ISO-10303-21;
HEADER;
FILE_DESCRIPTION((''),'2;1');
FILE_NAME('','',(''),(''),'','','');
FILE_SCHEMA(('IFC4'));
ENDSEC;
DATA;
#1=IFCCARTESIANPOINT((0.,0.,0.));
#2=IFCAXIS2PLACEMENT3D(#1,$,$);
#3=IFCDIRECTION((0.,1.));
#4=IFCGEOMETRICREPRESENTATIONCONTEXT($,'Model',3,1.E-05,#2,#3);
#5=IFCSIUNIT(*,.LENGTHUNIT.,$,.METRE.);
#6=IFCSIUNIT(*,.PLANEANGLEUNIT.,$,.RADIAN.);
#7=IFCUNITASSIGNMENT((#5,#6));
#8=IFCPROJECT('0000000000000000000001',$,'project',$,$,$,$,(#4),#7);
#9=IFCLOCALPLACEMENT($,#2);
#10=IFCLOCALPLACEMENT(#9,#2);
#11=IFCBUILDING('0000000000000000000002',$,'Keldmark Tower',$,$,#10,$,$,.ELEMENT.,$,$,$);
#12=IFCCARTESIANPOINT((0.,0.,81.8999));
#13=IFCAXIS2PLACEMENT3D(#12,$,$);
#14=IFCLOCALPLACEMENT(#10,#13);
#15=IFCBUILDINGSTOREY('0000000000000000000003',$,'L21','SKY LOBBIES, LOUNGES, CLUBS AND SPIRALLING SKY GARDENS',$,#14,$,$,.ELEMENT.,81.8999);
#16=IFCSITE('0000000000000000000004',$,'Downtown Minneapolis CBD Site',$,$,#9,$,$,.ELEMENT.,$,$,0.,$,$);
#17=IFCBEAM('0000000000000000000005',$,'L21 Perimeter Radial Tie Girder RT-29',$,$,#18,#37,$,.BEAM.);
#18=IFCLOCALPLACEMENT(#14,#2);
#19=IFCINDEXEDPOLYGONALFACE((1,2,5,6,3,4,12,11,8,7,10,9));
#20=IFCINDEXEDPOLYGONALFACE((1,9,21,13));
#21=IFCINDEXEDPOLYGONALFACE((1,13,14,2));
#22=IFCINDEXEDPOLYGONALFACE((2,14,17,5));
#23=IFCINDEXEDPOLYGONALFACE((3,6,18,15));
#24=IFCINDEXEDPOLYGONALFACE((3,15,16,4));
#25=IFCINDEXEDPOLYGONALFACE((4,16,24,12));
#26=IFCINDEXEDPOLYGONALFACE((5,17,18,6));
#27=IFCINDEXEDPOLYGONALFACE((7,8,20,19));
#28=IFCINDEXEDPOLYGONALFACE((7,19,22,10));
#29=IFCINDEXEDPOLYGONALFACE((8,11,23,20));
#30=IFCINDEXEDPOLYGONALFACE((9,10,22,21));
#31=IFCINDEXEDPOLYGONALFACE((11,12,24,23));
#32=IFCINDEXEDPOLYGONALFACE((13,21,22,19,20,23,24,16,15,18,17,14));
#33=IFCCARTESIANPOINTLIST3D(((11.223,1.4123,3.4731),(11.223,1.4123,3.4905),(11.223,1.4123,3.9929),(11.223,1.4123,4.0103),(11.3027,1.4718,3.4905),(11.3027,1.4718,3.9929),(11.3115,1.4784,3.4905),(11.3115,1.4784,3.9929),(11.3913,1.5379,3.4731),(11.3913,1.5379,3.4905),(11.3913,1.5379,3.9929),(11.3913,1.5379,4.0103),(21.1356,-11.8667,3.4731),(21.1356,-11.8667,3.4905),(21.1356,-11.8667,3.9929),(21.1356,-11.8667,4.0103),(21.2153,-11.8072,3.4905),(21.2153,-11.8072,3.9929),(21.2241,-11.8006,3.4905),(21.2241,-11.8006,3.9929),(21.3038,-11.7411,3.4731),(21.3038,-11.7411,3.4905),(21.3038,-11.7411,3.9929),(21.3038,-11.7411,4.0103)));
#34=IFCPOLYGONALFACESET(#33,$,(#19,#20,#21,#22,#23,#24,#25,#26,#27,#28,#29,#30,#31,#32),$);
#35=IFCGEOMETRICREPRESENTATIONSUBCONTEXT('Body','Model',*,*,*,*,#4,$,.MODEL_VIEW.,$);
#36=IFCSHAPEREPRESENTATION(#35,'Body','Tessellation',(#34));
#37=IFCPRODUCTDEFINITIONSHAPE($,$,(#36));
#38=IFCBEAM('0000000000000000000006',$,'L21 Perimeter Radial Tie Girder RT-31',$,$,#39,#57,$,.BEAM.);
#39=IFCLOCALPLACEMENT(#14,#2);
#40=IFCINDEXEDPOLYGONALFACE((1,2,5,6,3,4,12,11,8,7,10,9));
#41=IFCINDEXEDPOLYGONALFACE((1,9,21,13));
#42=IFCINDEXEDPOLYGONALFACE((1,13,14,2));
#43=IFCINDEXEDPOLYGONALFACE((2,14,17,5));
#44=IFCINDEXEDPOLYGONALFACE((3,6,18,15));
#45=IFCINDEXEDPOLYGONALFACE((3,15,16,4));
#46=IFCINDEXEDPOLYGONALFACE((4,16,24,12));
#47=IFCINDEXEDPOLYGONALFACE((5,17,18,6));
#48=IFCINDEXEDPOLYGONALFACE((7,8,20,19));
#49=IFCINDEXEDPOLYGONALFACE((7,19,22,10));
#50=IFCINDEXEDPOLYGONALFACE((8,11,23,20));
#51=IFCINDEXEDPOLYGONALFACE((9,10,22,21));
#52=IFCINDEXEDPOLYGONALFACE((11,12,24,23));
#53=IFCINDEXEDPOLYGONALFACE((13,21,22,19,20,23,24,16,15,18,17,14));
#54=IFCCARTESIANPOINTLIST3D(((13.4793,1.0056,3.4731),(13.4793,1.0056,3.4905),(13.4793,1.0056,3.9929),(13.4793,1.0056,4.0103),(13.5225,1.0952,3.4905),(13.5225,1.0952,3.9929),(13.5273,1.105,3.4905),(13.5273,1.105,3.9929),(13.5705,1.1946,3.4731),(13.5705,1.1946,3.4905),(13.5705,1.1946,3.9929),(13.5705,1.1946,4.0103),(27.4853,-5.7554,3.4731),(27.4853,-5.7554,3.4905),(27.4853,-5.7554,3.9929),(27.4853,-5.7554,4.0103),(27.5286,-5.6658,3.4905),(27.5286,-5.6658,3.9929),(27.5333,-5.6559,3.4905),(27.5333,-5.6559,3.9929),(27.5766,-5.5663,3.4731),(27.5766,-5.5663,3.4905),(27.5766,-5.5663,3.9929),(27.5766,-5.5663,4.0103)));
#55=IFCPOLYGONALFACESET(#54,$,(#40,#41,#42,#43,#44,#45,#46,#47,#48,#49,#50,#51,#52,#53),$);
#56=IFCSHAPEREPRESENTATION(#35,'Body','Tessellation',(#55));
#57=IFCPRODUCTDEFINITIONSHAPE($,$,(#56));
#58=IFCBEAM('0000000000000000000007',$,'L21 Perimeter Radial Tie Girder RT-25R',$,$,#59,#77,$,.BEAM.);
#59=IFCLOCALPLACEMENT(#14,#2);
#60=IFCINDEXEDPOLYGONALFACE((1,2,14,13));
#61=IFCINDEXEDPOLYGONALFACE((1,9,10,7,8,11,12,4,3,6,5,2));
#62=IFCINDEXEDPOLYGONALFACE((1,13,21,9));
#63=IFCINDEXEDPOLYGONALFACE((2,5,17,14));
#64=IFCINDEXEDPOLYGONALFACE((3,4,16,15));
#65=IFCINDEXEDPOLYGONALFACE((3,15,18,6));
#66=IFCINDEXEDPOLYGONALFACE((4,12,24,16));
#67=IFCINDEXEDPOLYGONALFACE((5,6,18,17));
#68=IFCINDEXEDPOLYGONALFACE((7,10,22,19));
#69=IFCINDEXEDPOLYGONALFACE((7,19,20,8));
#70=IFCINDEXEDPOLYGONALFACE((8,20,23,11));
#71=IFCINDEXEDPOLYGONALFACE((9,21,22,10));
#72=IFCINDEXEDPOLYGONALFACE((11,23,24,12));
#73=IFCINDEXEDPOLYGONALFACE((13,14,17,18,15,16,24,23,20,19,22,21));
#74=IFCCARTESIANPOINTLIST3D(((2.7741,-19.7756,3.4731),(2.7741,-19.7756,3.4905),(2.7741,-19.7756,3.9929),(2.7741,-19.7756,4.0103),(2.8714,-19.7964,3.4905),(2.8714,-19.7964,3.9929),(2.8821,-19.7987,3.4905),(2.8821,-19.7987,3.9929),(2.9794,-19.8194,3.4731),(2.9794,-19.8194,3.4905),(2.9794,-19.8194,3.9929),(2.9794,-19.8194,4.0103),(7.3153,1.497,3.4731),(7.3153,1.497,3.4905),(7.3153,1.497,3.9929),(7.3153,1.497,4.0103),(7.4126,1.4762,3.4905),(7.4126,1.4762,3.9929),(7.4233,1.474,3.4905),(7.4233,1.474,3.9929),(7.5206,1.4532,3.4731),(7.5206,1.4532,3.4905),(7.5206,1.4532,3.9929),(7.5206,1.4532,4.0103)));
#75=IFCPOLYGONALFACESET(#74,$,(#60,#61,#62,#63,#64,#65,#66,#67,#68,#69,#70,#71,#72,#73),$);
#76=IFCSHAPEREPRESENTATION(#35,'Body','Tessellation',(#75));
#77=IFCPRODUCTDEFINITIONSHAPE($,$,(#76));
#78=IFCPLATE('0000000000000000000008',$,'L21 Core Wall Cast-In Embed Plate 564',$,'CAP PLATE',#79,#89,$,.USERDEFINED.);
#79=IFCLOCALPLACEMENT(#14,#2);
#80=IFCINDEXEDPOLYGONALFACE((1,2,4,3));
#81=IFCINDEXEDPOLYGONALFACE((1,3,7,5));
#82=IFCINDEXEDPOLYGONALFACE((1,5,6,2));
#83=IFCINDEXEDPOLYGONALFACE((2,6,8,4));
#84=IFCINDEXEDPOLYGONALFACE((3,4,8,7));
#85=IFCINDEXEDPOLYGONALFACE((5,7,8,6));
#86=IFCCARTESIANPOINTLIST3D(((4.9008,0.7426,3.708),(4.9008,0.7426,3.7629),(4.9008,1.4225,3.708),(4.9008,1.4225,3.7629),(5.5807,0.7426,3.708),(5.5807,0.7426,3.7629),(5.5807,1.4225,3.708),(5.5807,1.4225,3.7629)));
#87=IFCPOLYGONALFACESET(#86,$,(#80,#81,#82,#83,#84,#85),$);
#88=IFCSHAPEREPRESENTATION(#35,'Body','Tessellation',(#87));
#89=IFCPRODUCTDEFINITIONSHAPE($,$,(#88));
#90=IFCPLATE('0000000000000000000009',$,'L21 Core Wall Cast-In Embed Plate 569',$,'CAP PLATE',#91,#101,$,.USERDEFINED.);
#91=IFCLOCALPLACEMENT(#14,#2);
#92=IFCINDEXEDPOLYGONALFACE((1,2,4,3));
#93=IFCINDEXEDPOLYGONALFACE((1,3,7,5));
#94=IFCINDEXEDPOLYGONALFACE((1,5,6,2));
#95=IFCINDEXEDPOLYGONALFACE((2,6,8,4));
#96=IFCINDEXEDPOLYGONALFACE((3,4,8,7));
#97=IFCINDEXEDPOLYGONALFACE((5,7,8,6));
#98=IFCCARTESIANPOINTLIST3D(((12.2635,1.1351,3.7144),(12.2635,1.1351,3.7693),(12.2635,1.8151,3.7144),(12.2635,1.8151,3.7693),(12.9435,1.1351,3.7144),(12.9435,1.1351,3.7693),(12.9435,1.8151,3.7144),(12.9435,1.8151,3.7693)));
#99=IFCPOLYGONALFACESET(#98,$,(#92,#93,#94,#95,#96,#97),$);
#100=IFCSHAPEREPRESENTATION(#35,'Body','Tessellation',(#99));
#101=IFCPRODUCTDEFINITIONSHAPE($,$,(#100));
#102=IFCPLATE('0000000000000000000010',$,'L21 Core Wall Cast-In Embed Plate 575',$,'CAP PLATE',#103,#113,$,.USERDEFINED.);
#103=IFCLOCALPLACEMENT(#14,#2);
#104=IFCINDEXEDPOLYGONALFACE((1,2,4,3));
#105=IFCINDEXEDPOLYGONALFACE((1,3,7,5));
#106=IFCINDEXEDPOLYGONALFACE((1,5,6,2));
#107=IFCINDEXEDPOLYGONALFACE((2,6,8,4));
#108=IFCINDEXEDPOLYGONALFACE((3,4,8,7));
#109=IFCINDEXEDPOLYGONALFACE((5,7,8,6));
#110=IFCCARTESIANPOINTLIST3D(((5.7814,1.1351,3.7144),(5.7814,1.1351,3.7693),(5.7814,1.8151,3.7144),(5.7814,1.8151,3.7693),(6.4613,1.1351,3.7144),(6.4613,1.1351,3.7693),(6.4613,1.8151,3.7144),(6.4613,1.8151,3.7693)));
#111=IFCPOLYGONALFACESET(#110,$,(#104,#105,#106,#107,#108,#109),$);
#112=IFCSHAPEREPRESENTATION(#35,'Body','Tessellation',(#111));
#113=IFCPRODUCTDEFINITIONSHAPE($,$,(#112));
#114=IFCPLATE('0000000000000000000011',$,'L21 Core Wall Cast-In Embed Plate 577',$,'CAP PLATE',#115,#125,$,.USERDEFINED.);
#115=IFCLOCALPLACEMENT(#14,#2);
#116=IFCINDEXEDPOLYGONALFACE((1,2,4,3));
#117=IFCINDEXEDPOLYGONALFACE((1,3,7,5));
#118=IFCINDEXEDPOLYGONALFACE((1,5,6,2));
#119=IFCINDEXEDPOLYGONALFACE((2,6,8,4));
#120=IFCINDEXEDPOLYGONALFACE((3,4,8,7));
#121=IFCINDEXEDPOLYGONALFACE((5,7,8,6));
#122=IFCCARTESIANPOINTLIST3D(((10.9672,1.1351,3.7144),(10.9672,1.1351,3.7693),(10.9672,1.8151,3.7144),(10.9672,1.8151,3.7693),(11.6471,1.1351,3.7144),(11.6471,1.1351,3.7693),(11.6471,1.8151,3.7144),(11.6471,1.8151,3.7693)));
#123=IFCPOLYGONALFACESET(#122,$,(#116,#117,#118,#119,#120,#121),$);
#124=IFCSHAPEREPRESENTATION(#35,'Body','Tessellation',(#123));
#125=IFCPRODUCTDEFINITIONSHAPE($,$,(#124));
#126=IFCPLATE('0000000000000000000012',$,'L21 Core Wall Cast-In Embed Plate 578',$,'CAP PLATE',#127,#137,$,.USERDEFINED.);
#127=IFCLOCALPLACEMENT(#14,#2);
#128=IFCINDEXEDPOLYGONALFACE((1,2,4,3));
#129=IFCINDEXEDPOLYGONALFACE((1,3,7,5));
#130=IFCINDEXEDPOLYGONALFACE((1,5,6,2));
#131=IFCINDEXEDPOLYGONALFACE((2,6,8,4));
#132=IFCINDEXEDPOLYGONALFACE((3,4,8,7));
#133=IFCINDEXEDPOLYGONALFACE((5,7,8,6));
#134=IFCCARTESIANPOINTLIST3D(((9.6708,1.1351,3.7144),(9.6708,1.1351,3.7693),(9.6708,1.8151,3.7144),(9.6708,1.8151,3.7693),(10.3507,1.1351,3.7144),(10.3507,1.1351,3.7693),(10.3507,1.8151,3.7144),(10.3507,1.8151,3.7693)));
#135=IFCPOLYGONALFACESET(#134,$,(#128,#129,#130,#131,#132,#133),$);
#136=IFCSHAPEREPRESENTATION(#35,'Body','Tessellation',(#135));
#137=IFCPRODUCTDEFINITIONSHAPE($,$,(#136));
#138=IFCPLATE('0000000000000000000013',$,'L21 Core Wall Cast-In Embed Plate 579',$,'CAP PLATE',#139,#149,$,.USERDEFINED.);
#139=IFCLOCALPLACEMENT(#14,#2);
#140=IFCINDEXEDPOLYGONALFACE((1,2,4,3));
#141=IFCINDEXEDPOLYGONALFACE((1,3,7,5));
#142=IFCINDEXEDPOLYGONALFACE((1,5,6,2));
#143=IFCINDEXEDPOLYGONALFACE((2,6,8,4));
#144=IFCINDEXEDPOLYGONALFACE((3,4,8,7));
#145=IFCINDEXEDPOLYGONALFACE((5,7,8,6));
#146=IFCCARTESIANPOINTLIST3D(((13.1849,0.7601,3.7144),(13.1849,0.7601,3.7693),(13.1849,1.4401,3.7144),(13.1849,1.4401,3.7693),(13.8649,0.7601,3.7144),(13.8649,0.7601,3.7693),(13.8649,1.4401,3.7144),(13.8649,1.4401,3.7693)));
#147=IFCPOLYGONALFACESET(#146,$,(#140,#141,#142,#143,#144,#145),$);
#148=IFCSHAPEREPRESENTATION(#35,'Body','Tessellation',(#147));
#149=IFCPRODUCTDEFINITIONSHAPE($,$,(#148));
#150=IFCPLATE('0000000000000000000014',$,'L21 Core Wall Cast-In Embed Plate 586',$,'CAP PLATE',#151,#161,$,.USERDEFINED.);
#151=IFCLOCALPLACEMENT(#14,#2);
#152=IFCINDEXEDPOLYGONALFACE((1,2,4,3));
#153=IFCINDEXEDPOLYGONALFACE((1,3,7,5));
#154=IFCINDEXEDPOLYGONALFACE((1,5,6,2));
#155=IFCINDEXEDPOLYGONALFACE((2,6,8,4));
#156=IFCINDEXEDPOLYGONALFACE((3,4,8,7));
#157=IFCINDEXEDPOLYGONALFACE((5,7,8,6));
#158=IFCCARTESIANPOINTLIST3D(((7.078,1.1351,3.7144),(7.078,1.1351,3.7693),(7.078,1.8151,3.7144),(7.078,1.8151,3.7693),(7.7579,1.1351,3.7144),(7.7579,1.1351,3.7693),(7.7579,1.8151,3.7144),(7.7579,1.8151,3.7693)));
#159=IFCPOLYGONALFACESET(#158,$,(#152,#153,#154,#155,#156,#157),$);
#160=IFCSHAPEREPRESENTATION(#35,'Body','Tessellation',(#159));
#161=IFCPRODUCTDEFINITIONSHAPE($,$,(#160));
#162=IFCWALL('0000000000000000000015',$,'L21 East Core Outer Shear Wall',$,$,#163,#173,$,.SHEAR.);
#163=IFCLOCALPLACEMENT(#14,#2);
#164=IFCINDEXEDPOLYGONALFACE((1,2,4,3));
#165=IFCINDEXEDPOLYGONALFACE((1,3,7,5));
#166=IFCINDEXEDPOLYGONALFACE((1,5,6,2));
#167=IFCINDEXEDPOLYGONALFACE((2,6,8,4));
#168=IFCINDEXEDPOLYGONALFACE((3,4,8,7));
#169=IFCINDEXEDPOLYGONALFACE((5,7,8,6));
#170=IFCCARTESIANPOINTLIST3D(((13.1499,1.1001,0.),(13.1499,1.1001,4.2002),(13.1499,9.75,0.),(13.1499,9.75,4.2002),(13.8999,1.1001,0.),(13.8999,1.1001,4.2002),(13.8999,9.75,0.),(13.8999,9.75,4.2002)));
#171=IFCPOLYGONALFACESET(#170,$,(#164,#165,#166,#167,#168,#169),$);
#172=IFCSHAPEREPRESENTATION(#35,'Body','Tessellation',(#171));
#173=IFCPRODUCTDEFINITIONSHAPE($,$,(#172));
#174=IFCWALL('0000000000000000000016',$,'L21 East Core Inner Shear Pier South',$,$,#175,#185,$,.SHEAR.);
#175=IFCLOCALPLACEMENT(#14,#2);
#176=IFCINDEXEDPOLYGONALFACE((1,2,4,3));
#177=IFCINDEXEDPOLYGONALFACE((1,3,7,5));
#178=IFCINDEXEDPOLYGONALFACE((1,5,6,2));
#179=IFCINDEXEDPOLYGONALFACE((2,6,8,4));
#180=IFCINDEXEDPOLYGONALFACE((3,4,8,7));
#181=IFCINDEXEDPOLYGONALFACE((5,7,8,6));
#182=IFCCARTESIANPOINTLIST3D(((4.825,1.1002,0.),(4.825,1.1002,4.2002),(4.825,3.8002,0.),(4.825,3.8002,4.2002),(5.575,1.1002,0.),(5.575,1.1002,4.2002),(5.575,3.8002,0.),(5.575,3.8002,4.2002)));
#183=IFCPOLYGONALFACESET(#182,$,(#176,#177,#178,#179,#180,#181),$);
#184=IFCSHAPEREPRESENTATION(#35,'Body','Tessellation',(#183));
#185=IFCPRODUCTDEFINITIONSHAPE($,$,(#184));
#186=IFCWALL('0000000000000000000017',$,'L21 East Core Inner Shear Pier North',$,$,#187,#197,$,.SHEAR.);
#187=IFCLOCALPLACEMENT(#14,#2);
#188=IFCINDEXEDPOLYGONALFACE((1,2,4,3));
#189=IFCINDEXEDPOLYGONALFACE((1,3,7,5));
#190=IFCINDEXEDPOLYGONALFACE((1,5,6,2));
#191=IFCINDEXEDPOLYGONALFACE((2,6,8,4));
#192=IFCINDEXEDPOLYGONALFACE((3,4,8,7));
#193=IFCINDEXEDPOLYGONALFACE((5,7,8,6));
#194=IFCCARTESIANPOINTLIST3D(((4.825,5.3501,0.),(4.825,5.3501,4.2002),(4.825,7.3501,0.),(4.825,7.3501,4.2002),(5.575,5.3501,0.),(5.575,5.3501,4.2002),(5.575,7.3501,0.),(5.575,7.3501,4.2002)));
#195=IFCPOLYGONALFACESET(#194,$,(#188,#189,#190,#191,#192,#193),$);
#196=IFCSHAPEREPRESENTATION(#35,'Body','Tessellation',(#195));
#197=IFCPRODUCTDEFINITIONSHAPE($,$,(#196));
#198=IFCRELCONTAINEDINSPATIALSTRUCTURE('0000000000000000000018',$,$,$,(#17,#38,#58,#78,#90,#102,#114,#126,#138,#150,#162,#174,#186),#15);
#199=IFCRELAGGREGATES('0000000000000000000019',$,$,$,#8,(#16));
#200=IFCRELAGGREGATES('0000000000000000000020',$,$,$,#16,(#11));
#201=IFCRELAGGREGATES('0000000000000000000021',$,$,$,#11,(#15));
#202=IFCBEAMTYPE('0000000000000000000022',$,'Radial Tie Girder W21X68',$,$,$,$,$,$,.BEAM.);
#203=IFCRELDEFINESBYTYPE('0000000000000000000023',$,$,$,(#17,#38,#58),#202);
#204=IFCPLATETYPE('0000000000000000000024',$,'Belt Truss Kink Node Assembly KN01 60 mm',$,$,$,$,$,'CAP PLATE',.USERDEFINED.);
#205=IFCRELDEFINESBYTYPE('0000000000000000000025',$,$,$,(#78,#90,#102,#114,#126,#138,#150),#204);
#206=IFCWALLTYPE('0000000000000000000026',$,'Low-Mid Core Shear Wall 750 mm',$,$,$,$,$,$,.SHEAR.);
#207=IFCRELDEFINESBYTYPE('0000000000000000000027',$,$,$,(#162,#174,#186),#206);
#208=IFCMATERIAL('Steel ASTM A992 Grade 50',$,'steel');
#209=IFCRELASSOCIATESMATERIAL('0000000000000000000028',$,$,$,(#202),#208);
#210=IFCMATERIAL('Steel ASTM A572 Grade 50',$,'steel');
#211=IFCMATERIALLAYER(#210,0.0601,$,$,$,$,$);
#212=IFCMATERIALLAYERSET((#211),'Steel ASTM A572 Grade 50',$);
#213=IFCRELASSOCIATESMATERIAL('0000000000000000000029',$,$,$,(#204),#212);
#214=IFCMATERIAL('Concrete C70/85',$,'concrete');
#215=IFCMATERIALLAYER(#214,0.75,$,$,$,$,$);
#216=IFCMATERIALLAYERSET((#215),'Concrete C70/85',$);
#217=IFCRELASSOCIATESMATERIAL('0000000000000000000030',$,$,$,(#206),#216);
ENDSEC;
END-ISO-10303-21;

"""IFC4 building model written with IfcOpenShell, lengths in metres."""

from ifc_helpers import new_model, si_unit, direction, frame, frame_2d, origin, origin_2d, place, context, subcontext, project, spatial, rectangle, i_section, extrude, material, layer, layer_set, material_profile, profile_set, type_object, element, save


model = new_model("IFC4")

# Units and contexts
model_context = context("Model", 3, precision=1e-05, world=origin(), true_north=direction((0.0, 1.0)))
body_context = subcontext(model_context, "Body", "Model", "MODEL_VIEW")
ifc_project = project(units=[si_unit("LENGTHUNIT", "METRE"), si_unit("PLANEANGLEUNIT", "RADIAN")], contexts=[model_context])

# Site, building, storey
site_placement = place(None, origin())
site = spatial("IfcSite", under=ifc_project, at=site_placement, Name="Downtown Minneapolis CBD Site", CompositionType="ELEMENT", RefElevation=0.0)
building_placement = place(site_placement, origin())
building = spatial("IfcBuilding", under=site, at=building_placement, Name="Keldmark Tower", CompositionType="ELEMENT")
storey_placement = place(building_placement, frame((0.0, 0.0, 81.8999)))
storey = spatial("IfcBuildingStorey", under=building, at=storey_placement, Name="L21", Description="SKY LOBBIES, LOUNGES, CLUBS AND SPIRALLING SKY GARDENS", CompositionType="ELEMENT", Elevation=81.8999)

# Beams
ifc_material_1 = material(Name="Steel ASTM A992 Grade 50", Category="steel")
ifc_material_profile_1 = material_profile(ifc_material_1, i_section(OverallWidth=0.21, OverallDepth=0.5371, WebThickness=0.011, FlangeThickness=0.0173, at=origin_2d()), Name="W21X68")
ifc_profile_set_1 = profile_set([ifc_material_profile_1], Name="Steel ASTM A992 Grade 50")
beam_type_1 = type_object("IfcBeamType", Name="Radial Tie Girder W21X68", PredefinedType="BEAM", material=ifc_profile_set_1)
beam_1_placement = place(storey_placement, frame((11.3071, 1.4751, 3.7417), z_axis=(0.598195, -0.80135, 0.0), x_axis=(0.80135, 0.598195, 0.0)))
element("IfcBeam", 1, at=beam_1_placement, inside=storey, type_object=beam_type_1, Name="L21 Perimeter Radial Tie Girder RT-29", PredefinedType="BEAM", context=body_context, shape_type="SweptSolid", body=[
    extrude(i_section(OverallWidth=0.21, OverallDepth=0.5371, WebThickness=0.011, FlangeThickness=0.0173, at=origin_2d()), origin(), (0.0, 0.0, 1.0), 16.5708),
])
beam_2_placement = place(storey_placement, frame((13.5249, 1.1001, 3.7417), z_axis=(0.900566, -0.434719, 0.0), x_axis=(0.434719, 0.900566, 0.0)))
element("IfcBeam", 2, at=beam_2_placement, inside=storey, type_object=beam_type_1, Name="L21 Perimeter Radial Tie Girder RT-31", PredefinedType="BEAM", context=body_context, shape_type="SweptSolid", body=[
    extrude(i_section(OverallWidth=0.21, OverallDepth=0.5371, WebThickness=0.011, FlangeThickness=0.0173, at=origin_2d()), origin(), (0.0, 0.0, 1.0), 15.5525),
])
beam_3_placement = place(storey_placement, frame((7.418, 1.4751, 3.7417), z_axis=(-0.208774, -0.977964, 0.0), x_axis=(0.977964, -0.208774, 0.0)))
element("IfcBeam", 3, at=beam_3_placement, inside=storey, type_object=beam_type_1, Name="L21 Perimeter Radial Tie Girder RT-25R", PredefinedType="BEAM", context=body_context, shape_type="SweptSolid", body=[
    extrude(i_section(OverallWidth=0.21, OverallDepth=0.5371, WebThickness=0.011, FlangeThickness=0.0173, at=origin_2d()), origin(), (0.0, 0.0, 1.0), 21.752),
])

# Plates
ifc_material_2 = material(Name="Steel ASTM A572 Grade 50", Category="steel")
ifc_layer_1 = layer(ifc_material_2, 0.0601)
ifc_layer_set_1 = layer_set([ifc_layer_1], Name="Steel ASTM A572 Grade 50")
plate_type = type_object("IfcPlateType", Name="Belt Truss Kink Node Assembly KN01 60 mm", ElementType="CAP PLATE", PredefinedType="USERDEFINED", material=ifc_layer_set_1)
for number, where, z_axis, x_axis, name in (
    (4, (5.2407, 1.0825, 3.708), (0.0, 0.0, 1.0), (1.0, 0.0, 0.0), "L21 Core Wall Cast-In Embed Plate 564"),
    (5, (12.6035, 1.4751, 3.7144), (0.0, 0.0, 1.0), (1.0, 0.0, 0.0), "L21 Core Wall Cast-In Embed Plate 569"),
    (6, (6.1213, 1.4751, 3.7144), (0.0, 0.0, 1.0), (1.0, 0.0, 0.0), "L21 Core Wall Cast-In Embed Plate 575"),
    (7, (11.3071, 1.4751, 3.7144), (0.0, 0.0, 1.0), (1.0, 0.0, 0.0), "L21 Core Wall Cast-In Embed Plate 577"),
    (8, (10.0107, 1.4751, 3.7144), (0.0, 0.0, 1.0), (1.0, 0.0, 0.0), "L21 Core Wall Cast-In Embed Plate 578"),
    (9, (13.5249, 1.1001, 3.7144), (0.0, 0.0, 1.0), (1.0, 0.0, 0.0), "L21 Core Wall Cast-In Embed Plate 579"),
    (10, (7.418, 1.4751, 3.7144), (0.0, 0.0, 1.0), (1.0, 0.0, 0.0), "L21 Core Wall Cast-In Embed Plate 586"),
):
    element("IfcPlate", number, at=place(storey_placement, frame(where, z_axis=z_axis, x_axis=x_axis)), inside=storey, type_object=plate_type, Name=name, ObjectType="CAP PLATE", PredefinedType="USERDEFINED", context=body_context, shape_type="SweptSolid", body=[
        extrude(rectangle(XDim=0.6799, YDim=0.6799, at=origin_2d()), origin(), (0.0, 0.0, 1.0), 0.0549),
    ])

# Walls
ifc_material_3 = material(Name="Concrete C70/85", Category="concrete")
ifc_layer_2 = layer(ifc_material_3, 0.75)
ifc_layer_set_2 = layer_set([ifc_layer_2], Name="Concrete C70/85")
wall_type_1 = type_object("IfcWallType", Name="Low-Mid Core Shear Wall 750 mm", PredefinedType="SHEAR", material=ifc_layer_set_2)
wall_1_placement = place(storey_placement, frame((13.5249, 1.1001, 0.0), z_axis=(0.0, 0.0, 1.0), x_axis=(0.0, 1.0, 0.0)))
element("IfcWall", 11, at=wall_1_placement, inside=storey, type_object=wall_type_1, Name="L21 East Core Outer Shear Wall", PredefinedType="SHEAR", context=body_context, shape_type="SweptSolid", body=[
    extrude(rectangle(XDim=8.6499, YDim=0.75, at=frame_2d((4.325, 0.0))), origin(), (0.0, 0.0, 1.0), 4.2002),
])
wall_2_placement = place(storey_placement, frame((5.2, 1.1001, 0.0), z_axis=(0.0, 0.0, 1.0), x_axis=(0.0, 1.0, 0.0)))
element("IfcWall", 12, at=wall_2_placement, inside=storey, type_object=wall_type_1, Name="L21 East Core Inner Shear Pier South", PredefinedType="SHEAR", context=body_context, shape_type="SweptSolid", body=[
    extrude(rectangle(XDim=2.7, YDim=0.75, at=frame_2d((1.3501, 0.0))), origin(), (0.0, 0.0, 1.0), 4.2002),
])
wall_3_placement = place(storey_placement, frame((5.2, 5.3501, 0.0), z_axis=(0.0, 0.0, 1.0), x_axis=(0.0, 1.0, 0.0)))
element("IfcWall", 13, at=wall_3_placement, inside=storey, type_object=wall_type_1, Name="L21 East Core Inner Shear Pier North", PredefinedType="SHEAR", context=body_context, shape_type="SweptSolid", body=[
    extrude(rectangle(XDim=2.0, YDim=0.75, at=frame_2d((1.0, 0.0))), origin(), (0.0, 0.0, 1.0), 4.2002),
])

save(model, "model.ifc")
